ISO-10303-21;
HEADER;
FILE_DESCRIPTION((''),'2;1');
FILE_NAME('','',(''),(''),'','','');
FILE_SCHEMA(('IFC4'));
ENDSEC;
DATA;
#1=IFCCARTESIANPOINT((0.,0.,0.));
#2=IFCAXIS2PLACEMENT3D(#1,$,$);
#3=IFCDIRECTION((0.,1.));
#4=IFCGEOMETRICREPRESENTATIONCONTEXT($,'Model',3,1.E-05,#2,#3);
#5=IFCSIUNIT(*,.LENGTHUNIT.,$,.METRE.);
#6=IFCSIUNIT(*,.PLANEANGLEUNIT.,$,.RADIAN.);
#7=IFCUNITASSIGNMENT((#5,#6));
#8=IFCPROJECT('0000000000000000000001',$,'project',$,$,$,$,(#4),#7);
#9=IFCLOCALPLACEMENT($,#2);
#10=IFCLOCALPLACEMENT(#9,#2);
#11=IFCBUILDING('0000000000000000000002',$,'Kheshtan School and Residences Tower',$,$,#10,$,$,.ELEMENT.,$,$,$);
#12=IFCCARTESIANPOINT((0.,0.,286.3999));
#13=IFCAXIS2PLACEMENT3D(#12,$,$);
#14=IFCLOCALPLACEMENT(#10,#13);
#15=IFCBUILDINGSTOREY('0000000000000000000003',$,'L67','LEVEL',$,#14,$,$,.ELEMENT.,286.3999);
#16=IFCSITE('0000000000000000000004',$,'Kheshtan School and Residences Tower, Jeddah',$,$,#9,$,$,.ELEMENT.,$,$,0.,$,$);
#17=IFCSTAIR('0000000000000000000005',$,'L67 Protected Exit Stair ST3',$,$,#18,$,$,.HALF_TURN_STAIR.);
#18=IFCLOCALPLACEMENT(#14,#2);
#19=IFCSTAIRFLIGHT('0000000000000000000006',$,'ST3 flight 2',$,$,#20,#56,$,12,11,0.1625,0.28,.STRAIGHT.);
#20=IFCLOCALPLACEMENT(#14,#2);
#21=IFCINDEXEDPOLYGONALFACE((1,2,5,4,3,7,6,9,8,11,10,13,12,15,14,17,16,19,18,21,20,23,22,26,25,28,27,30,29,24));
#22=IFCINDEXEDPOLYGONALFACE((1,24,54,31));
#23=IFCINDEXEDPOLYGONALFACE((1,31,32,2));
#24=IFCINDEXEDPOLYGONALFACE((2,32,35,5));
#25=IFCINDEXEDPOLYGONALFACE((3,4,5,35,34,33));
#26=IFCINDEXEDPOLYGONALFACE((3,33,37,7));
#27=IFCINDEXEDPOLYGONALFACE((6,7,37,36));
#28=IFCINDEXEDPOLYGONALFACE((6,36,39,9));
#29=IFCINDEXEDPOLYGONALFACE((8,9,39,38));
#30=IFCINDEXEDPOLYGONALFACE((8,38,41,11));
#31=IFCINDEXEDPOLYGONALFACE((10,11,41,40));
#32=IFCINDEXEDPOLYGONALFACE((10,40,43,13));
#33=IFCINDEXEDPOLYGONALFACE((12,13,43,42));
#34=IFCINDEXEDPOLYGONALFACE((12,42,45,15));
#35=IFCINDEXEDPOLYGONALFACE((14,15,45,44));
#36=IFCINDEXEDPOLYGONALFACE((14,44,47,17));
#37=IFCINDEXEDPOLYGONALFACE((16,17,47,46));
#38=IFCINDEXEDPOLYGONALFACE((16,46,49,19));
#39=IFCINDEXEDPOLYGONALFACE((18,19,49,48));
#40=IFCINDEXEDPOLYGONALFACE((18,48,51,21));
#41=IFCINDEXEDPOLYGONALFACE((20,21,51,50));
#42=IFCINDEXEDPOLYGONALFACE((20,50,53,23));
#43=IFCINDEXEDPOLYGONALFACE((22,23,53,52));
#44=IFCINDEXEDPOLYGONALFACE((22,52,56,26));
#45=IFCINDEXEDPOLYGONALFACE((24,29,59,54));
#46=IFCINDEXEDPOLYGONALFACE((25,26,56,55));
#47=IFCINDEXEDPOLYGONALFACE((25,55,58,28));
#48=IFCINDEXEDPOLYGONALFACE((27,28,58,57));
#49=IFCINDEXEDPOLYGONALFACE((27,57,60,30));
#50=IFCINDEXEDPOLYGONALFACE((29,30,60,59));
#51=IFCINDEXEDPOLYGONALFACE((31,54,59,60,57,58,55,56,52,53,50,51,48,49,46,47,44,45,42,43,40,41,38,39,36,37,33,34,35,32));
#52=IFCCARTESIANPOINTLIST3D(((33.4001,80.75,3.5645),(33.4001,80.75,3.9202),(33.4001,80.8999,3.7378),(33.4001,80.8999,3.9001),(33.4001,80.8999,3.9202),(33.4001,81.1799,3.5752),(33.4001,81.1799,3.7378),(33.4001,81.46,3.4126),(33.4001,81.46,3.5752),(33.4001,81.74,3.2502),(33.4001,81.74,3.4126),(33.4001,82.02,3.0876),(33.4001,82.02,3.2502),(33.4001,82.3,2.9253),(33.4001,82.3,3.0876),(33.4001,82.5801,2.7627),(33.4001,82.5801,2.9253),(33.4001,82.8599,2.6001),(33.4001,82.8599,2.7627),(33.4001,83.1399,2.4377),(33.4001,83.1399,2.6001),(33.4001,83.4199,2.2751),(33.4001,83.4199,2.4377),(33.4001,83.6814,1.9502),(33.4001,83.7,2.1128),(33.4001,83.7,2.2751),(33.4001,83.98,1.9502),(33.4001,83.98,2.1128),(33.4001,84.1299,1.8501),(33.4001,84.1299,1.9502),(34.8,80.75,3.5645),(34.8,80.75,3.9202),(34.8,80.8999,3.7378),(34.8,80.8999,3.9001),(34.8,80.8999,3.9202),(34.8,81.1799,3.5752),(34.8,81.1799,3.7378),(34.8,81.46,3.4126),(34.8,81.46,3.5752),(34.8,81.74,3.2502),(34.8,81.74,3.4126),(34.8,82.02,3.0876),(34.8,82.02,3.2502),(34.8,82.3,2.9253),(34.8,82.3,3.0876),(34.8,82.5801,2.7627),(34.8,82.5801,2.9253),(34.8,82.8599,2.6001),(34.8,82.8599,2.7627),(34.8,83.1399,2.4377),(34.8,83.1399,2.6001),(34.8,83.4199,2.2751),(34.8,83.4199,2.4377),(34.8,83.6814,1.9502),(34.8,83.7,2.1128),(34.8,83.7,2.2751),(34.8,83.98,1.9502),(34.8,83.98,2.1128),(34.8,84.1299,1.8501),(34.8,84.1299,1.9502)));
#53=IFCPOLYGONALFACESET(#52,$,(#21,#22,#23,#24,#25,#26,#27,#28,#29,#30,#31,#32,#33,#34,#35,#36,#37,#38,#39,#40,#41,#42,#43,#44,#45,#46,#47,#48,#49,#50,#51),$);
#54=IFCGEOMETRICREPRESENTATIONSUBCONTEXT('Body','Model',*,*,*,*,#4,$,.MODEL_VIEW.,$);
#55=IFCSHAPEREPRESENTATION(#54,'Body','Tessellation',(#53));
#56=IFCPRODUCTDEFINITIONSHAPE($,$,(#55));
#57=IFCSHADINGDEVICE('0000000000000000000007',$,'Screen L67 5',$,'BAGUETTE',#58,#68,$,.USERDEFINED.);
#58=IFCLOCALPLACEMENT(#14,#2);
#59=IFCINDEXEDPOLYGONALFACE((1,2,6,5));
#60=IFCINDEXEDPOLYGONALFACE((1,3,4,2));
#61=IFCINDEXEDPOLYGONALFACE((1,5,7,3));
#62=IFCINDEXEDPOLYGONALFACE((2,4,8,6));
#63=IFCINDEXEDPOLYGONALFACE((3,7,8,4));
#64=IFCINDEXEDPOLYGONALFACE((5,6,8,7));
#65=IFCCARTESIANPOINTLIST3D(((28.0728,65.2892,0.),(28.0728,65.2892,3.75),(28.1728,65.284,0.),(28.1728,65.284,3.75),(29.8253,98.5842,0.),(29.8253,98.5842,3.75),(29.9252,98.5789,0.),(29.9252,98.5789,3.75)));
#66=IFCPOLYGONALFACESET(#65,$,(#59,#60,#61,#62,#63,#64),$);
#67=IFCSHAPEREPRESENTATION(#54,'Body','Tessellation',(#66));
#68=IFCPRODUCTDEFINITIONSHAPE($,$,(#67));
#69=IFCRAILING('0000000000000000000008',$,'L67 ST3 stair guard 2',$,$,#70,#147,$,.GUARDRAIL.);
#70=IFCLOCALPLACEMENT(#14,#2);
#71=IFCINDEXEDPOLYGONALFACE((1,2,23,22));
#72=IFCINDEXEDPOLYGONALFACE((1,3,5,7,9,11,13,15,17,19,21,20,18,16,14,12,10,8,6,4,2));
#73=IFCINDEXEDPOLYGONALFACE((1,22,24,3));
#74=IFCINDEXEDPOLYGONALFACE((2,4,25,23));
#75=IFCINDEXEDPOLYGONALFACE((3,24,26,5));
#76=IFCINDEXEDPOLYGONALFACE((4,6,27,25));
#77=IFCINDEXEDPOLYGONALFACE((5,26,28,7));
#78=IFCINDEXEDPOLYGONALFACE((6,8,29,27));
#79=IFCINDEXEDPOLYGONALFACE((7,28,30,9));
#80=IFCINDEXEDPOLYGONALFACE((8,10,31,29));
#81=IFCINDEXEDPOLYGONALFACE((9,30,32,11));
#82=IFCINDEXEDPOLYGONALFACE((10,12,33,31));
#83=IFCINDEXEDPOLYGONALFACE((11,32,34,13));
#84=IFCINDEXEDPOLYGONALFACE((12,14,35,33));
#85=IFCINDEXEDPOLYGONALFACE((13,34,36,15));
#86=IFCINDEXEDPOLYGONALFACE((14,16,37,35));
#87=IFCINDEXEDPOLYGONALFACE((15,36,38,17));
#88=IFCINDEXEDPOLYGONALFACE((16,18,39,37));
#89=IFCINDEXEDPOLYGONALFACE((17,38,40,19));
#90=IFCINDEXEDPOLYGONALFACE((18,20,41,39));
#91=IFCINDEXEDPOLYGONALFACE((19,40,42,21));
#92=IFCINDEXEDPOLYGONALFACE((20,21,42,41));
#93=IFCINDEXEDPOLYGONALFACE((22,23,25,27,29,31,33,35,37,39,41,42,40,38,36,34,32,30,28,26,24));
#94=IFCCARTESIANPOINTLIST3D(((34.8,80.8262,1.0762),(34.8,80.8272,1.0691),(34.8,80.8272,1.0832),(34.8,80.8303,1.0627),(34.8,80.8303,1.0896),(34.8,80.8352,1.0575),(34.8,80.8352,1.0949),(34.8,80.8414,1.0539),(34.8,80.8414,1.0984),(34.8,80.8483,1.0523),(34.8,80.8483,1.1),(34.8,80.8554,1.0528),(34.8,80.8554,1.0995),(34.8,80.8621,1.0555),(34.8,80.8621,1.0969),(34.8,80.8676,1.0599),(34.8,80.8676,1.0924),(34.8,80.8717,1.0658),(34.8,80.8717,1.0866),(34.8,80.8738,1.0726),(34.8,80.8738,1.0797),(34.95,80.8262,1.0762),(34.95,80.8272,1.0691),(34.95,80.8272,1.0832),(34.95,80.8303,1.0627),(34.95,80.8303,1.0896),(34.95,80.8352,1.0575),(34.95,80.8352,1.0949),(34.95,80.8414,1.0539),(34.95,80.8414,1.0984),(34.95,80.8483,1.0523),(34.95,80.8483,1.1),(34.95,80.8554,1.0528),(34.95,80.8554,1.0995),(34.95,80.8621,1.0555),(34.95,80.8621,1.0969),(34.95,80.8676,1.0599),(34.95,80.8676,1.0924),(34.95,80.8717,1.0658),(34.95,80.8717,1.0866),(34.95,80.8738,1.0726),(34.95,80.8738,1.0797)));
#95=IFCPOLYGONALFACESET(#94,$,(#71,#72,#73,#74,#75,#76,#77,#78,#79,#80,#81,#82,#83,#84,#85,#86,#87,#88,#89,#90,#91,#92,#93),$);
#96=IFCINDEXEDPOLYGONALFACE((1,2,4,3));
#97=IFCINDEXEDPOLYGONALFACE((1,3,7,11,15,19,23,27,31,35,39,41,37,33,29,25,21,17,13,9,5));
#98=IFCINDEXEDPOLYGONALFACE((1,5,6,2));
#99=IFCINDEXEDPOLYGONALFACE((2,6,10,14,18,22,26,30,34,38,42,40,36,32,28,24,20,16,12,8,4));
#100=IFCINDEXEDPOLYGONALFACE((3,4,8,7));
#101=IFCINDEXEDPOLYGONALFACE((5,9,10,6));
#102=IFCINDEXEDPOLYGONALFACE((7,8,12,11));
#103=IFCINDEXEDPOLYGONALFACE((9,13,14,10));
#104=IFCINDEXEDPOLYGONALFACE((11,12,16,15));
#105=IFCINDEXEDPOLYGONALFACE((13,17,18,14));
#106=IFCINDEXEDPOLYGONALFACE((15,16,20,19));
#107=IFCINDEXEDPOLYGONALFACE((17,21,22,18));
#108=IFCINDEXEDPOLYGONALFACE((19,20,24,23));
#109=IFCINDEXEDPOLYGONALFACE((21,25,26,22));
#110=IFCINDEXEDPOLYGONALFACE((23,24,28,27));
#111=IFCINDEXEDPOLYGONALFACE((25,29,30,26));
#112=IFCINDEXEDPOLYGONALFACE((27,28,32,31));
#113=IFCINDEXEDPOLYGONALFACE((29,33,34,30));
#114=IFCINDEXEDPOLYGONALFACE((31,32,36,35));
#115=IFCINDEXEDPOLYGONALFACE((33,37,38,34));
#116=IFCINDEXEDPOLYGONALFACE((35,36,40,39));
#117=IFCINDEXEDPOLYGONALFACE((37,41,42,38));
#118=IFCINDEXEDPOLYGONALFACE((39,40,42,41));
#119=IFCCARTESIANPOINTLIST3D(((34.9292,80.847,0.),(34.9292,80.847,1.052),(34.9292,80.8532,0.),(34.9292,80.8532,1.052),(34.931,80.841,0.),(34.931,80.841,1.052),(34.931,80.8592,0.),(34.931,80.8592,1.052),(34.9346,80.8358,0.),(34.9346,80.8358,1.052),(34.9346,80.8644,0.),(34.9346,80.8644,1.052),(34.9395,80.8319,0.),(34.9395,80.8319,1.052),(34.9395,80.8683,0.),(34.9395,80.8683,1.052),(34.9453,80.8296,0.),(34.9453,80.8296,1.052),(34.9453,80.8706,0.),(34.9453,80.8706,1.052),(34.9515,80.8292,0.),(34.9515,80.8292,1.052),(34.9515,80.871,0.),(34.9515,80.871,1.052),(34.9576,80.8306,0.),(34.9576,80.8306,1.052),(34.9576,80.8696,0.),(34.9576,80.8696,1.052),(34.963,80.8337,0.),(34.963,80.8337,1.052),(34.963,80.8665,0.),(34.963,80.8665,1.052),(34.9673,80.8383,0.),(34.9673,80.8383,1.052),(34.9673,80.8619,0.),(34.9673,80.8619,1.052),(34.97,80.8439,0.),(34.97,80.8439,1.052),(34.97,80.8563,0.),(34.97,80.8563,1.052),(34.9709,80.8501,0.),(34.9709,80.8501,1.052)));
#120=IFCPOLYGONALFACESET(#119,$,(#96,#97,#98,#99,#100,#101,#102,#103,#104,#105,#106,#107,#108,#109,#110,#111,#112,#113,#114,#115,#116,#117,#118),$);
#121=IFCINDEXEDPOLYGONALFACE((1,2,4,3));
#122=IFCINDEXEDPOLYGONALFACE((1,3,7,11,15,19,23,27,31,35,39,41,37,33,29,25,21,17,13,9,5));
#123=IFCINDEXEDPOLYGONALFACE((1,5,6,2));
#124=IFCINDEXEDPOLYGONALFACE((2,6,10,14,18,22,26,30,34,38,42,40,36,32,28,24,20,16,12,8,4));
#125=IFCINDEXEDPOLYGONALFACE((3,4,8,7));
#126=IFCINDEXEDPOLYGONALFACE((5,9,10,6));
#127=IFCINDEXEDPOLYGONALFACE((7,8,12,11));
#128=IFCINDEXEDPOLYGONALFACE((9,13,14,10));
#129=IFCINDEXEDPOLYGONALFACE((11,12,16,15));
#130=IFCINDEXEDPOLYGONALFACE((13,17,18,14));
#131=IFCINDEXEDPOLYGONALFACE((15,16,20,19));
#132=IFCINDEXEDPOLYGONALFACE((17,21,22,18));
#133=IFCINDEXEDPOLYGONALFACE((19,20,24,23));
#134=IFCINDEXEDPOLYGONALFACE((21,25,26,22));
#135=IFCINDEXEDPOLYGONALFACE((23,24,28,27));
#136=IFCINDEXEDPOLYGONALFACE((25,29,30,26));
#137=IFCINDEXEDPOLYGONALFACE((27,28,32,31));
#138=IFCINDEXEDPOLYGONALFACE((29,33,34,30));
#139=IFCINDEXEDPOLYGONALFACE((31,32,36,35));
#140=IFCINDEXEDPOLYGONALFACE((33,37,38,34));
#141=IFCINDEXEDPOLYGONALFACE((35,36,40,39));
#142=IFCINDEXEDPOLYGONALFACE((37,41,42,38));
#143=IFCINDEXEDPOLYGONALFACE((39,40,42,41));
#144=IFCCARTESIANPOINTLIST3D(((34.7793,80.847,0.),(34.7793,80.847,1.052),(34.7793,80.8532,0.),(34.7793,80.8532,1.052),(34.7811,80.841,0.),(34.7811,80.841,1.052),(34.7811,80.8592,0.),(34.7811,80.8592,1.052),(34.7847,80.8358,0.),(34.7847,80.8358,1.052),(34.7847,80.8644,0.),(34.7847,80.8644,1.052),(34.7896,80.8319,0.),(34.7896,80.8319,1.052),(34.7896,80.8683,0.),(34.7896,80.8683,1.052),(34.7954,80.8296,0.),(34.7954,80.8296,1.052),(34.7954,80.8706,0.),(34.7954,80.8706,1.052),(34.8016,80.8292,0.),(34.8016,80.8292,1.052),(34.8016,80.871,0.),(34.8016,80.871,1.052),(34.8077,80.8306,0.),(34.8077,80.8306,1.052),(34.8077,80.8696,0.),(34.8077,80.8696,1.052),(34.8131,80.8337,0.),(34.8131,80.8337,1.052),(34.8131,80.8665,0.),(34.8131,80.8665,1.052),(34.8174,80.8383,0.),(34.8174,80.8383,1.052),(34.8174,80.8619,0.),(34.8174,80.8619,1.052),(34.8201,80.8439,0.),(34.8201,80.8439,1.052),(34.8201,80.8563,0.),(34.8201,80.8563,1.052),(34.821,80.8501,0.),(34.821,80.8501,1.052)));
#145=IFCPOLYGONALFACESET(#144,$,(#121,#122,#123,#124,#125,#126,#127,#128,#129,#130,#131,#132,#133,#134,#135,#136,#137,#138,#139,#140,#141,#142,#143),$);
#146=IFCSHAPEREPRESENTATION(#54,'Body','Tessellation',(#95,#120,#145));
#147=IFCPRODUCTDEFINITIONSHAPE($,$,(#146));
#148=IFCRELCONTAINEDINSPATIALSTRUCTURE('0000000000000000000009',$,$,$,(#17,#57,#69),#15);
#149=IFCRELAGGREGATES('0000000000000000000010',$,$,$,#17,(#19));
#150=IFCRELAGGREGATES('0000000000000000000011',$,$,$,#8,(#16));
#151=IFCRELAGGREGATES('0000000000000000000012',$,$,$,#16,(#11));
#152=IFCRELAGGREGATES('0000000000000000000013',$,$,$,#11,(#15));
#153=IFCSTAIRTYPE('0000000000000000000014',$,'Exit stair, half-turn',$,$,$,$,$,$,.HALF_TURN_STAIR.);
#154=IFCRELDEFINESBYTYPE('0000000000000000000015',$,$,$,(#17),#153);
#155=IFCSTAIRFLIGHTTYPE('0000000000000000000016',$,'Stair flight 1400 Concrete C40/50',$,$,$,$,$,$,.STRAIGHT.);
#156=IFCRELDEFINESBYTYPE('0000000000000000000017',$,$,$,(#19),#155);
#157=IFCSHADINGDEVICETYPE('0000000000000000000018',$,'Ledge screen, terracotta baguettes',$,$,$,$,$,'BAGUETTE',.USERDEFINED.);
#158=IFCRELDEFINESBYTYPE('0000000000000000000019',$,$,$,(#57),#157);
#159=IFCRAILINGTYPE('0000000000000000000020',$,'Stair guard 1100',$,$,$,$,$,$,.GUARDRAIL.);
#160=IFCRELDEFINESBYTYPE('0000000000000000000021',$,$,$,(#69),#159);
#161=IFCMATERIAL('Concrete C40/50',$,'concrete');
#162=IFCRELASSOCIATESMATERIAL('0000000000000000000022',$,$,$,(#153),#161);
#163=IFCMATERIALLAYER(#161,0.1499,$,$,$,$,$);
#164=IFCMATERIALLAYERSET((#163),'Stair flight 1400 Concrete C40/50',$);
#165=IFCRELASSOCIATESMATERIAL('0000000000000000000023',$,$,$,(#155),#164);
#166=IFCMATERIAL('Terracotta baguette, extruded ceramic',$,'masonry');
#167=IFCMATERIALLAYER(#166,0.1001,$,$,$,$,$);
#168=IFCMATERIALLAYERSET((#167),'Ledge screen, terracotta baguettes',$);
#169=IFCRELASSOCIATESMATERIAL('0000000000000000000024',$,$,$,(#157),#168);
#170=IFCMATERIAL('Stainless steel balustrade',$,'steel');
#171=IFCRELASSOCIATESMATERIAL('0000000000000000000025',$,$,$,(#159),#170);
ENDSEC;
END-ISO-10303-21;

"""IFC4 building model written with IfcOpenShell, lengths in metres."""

from ifc_helpers import new_model, si_unit, direction, frame, origin, origin_2d, place, context, subcontext, project, spatial, polyline, rectangle, circle, outline, extrude, material, layer, layer_set, type_object, element, aggregate, save


model = new_model("IFC4")

# Units and contexts
model_context = context("Model", 3, precision=1e-05, world=origin(), true_north=direction((0.0, 1.0)))
body_context = subcontext(model_context, "Body", "Model", "MODEL_VIEW")
ifc_project = project(units=[si_unit("LENGTHUNIT", "METRE"), si_unit("PLANEANGLEUNIT", "RADIAN")], contexts=[model_context])

# Site, building, storey
site_placement = place(None, origin())
site = spatial("IfcSite", under=ifc_project, at=site_placement, Name="Kheshtan School and Residences Tower, Jeddah", CompositionType="ELEMENT", RefElevation=0.0)
building_placement = place(site_placement, origin())
building = spatial("IfcBuilding", under=site, at=building_placement, Name="Kheshtan School and Residences Tower", CompositionType="ELEMENT")
storey_placement = place(building_placement, frame((0.0, 0.0, 286.3999)))
storey = spatial("IfcBuildingStorey", under=building, at=storey_placement, Name="L67", Description="LEVEL", CompositionType="ELEMENT", Elevation=286.3999)

# Shared definitions
ifc_material_1 = material(Name="Concrete C40/50", Category="concrete")

# Stair, stair flight
stair_type = type_object("IfcStairType", Name="Exit stair, half-turn", PredefinedType="HALF_TURN_STAIR", material=ifc_material_1)
stair_placement = place(storey_placement, origin())
stair = element("IfcStair", 1, at=stair_placement, inside=storey, type_object=stair_type, Name="L67 Protected Exit Stair ST3", PredefinedType="HALF_TURN_STAIR")
ifc_layer_1 = layer(ifc_material_1, 0.1499)
ifc_layer_set_1 = layer_set([ifc_layer_1], Name="Stair flight 1400 Concrete C40/50")
stair_flight_type = type_object("IfcStairFlightType", Name="Stair flight 1400 Concrete C40/50", PredefinedType="STRAIGHT", material=ifc_layer_set_1)
stair_flight_1_placement = place(storey_placement, frame((34.1001, 83.98, 1.9502), z_axis=(0.0, 0.0, 1.0), x_axis=(0.0, -1.0, 0.0)))
stair_flight_1 = element("IfcStairFlight", 2, at=stair_flight_1_placement, type_object=stair_flight_type, Name="ST3 flight 2", NumberOfRisers=12, NumberOfTreads=11, PredefinedType="STRAIGHT", RiserHeight=0.1625, TreadLength=0.28, context=body_context, shape_type="SweptSolid", body=[
    extrude(outline(polyline([(-0.1499, -0.1001), (-0.1499, 0.0), (0.0, 0.0), (0.0, 0.1626), (0.28, 0.1626), (0.28, 0.325), (0.5601, 0.325), (0.5601, 0.4875), (0.8401, 0.4875), (0.8401, 0.6499), (1.1201, 0.6499), (1.1201, 0.8125), (1.3999, 0.8125), (1.3999, 0.9751), (1.6799, 0.9751), (1.6799, 1.1375), (1.96, 1.1375), (1.96, 1.3), (2.24, 1.3), (2.24, 1.4624), (2.52, 1.4624), (2.52, 1.625), (2.8, 1.625), (2.8, 1.7876), (3.0801, 1.7876), (3.0801, 1.95), (3.0801, 1.97), (3.23, 1.97), (3.23, 1.6143), (0.2986, 0.0), (-0.1499, -0.1001)])), frame((0.0, 0.7, 0.0), z_axis=(0.0, -1.0, 0.0), x_axis=(1.0, 0.0, 0.0)), (0.0, 0.0, 1.0), 1.3999),
])
aggregate(stair, [stair_flight_1])

# Shading device
ifc_material_2 = material(Name="Terracotta baguette, extruded ceramic", Category="masonry")
ifc_layer_2 = layer(ifc_material_2, 0.1001)
ifc_layer_set_2 = layer_set([ifc_layer_2], Name="Ledge screen, terracotta baguettes")
shading_device_type = type_object("IfcShadingDeviceType", Name="Ledge screen, terracotta baguettes", ElementType="BAGUETTE", PredefinedType="USERDEFINED", material=ifc_layer_set_2)
shading_device_placement = place(storey_placement, frame((28.999, 81.9341, 0.0), z_axis=(0.0, 0.0, 1.0), x_axis=(0.052563, 0.998618, 0.0)))
element("IfcShadingDevice", 3, at=shading_device_placement, inside=storey, type_object=shading_device_type, Name="Screen L67 5", ObjectType="BAGUETTE", PredefinedType="USERDEFINED", context=body_context, shape_type="SweptSolid", body=[
    extrude(rectangle(XDim=33.3411, YDim=0.1001, at=origin_2d()), origin(), (0.0, 0.0, 1.0), 3.75),
])

# Railing
ifc_material_3 = material(Name="Stainless steel balustrade", Category="steel")
railing_type_1 = type_object("IfcRailingType", Name="Stair guard 1100", PredefinedType="GUARDRAIL", material=ifc_material_3)
railing_1_placement = place(storey_placement, frame((34.95, 80.8501, 0.0)))
element("IfcRailing", 4, at=railing_1_placement, inside=storey, type_object=railing_type_1, Name="L67 ST3 stair guard 2", PredefinedType="GUARDRAIL", context=body_context, shape_type="SweptSolid", body=[
    extrude(circle(Radius=0.0239, at=origin_2d()), frame((0.0, 0.0, 1.0762), z_axis=(-1.0, 0.0, 0.0), x_axis=(0.0, -1.0, 0.0)), (0.0, 0.0, 1.0), 0.1499),
    extrude(circle(Radius=0.021, at=origin_2d()), origin(), (0.0, 0.0, 1.0), 1.052),
    extrude(circle(Radius=0.021, at=origin_2d()), frame((-0.1499, 0.0, 0.0)), (0.0, 0.0, 1.0), 1.052),
])

save(model, "model.ifc")
